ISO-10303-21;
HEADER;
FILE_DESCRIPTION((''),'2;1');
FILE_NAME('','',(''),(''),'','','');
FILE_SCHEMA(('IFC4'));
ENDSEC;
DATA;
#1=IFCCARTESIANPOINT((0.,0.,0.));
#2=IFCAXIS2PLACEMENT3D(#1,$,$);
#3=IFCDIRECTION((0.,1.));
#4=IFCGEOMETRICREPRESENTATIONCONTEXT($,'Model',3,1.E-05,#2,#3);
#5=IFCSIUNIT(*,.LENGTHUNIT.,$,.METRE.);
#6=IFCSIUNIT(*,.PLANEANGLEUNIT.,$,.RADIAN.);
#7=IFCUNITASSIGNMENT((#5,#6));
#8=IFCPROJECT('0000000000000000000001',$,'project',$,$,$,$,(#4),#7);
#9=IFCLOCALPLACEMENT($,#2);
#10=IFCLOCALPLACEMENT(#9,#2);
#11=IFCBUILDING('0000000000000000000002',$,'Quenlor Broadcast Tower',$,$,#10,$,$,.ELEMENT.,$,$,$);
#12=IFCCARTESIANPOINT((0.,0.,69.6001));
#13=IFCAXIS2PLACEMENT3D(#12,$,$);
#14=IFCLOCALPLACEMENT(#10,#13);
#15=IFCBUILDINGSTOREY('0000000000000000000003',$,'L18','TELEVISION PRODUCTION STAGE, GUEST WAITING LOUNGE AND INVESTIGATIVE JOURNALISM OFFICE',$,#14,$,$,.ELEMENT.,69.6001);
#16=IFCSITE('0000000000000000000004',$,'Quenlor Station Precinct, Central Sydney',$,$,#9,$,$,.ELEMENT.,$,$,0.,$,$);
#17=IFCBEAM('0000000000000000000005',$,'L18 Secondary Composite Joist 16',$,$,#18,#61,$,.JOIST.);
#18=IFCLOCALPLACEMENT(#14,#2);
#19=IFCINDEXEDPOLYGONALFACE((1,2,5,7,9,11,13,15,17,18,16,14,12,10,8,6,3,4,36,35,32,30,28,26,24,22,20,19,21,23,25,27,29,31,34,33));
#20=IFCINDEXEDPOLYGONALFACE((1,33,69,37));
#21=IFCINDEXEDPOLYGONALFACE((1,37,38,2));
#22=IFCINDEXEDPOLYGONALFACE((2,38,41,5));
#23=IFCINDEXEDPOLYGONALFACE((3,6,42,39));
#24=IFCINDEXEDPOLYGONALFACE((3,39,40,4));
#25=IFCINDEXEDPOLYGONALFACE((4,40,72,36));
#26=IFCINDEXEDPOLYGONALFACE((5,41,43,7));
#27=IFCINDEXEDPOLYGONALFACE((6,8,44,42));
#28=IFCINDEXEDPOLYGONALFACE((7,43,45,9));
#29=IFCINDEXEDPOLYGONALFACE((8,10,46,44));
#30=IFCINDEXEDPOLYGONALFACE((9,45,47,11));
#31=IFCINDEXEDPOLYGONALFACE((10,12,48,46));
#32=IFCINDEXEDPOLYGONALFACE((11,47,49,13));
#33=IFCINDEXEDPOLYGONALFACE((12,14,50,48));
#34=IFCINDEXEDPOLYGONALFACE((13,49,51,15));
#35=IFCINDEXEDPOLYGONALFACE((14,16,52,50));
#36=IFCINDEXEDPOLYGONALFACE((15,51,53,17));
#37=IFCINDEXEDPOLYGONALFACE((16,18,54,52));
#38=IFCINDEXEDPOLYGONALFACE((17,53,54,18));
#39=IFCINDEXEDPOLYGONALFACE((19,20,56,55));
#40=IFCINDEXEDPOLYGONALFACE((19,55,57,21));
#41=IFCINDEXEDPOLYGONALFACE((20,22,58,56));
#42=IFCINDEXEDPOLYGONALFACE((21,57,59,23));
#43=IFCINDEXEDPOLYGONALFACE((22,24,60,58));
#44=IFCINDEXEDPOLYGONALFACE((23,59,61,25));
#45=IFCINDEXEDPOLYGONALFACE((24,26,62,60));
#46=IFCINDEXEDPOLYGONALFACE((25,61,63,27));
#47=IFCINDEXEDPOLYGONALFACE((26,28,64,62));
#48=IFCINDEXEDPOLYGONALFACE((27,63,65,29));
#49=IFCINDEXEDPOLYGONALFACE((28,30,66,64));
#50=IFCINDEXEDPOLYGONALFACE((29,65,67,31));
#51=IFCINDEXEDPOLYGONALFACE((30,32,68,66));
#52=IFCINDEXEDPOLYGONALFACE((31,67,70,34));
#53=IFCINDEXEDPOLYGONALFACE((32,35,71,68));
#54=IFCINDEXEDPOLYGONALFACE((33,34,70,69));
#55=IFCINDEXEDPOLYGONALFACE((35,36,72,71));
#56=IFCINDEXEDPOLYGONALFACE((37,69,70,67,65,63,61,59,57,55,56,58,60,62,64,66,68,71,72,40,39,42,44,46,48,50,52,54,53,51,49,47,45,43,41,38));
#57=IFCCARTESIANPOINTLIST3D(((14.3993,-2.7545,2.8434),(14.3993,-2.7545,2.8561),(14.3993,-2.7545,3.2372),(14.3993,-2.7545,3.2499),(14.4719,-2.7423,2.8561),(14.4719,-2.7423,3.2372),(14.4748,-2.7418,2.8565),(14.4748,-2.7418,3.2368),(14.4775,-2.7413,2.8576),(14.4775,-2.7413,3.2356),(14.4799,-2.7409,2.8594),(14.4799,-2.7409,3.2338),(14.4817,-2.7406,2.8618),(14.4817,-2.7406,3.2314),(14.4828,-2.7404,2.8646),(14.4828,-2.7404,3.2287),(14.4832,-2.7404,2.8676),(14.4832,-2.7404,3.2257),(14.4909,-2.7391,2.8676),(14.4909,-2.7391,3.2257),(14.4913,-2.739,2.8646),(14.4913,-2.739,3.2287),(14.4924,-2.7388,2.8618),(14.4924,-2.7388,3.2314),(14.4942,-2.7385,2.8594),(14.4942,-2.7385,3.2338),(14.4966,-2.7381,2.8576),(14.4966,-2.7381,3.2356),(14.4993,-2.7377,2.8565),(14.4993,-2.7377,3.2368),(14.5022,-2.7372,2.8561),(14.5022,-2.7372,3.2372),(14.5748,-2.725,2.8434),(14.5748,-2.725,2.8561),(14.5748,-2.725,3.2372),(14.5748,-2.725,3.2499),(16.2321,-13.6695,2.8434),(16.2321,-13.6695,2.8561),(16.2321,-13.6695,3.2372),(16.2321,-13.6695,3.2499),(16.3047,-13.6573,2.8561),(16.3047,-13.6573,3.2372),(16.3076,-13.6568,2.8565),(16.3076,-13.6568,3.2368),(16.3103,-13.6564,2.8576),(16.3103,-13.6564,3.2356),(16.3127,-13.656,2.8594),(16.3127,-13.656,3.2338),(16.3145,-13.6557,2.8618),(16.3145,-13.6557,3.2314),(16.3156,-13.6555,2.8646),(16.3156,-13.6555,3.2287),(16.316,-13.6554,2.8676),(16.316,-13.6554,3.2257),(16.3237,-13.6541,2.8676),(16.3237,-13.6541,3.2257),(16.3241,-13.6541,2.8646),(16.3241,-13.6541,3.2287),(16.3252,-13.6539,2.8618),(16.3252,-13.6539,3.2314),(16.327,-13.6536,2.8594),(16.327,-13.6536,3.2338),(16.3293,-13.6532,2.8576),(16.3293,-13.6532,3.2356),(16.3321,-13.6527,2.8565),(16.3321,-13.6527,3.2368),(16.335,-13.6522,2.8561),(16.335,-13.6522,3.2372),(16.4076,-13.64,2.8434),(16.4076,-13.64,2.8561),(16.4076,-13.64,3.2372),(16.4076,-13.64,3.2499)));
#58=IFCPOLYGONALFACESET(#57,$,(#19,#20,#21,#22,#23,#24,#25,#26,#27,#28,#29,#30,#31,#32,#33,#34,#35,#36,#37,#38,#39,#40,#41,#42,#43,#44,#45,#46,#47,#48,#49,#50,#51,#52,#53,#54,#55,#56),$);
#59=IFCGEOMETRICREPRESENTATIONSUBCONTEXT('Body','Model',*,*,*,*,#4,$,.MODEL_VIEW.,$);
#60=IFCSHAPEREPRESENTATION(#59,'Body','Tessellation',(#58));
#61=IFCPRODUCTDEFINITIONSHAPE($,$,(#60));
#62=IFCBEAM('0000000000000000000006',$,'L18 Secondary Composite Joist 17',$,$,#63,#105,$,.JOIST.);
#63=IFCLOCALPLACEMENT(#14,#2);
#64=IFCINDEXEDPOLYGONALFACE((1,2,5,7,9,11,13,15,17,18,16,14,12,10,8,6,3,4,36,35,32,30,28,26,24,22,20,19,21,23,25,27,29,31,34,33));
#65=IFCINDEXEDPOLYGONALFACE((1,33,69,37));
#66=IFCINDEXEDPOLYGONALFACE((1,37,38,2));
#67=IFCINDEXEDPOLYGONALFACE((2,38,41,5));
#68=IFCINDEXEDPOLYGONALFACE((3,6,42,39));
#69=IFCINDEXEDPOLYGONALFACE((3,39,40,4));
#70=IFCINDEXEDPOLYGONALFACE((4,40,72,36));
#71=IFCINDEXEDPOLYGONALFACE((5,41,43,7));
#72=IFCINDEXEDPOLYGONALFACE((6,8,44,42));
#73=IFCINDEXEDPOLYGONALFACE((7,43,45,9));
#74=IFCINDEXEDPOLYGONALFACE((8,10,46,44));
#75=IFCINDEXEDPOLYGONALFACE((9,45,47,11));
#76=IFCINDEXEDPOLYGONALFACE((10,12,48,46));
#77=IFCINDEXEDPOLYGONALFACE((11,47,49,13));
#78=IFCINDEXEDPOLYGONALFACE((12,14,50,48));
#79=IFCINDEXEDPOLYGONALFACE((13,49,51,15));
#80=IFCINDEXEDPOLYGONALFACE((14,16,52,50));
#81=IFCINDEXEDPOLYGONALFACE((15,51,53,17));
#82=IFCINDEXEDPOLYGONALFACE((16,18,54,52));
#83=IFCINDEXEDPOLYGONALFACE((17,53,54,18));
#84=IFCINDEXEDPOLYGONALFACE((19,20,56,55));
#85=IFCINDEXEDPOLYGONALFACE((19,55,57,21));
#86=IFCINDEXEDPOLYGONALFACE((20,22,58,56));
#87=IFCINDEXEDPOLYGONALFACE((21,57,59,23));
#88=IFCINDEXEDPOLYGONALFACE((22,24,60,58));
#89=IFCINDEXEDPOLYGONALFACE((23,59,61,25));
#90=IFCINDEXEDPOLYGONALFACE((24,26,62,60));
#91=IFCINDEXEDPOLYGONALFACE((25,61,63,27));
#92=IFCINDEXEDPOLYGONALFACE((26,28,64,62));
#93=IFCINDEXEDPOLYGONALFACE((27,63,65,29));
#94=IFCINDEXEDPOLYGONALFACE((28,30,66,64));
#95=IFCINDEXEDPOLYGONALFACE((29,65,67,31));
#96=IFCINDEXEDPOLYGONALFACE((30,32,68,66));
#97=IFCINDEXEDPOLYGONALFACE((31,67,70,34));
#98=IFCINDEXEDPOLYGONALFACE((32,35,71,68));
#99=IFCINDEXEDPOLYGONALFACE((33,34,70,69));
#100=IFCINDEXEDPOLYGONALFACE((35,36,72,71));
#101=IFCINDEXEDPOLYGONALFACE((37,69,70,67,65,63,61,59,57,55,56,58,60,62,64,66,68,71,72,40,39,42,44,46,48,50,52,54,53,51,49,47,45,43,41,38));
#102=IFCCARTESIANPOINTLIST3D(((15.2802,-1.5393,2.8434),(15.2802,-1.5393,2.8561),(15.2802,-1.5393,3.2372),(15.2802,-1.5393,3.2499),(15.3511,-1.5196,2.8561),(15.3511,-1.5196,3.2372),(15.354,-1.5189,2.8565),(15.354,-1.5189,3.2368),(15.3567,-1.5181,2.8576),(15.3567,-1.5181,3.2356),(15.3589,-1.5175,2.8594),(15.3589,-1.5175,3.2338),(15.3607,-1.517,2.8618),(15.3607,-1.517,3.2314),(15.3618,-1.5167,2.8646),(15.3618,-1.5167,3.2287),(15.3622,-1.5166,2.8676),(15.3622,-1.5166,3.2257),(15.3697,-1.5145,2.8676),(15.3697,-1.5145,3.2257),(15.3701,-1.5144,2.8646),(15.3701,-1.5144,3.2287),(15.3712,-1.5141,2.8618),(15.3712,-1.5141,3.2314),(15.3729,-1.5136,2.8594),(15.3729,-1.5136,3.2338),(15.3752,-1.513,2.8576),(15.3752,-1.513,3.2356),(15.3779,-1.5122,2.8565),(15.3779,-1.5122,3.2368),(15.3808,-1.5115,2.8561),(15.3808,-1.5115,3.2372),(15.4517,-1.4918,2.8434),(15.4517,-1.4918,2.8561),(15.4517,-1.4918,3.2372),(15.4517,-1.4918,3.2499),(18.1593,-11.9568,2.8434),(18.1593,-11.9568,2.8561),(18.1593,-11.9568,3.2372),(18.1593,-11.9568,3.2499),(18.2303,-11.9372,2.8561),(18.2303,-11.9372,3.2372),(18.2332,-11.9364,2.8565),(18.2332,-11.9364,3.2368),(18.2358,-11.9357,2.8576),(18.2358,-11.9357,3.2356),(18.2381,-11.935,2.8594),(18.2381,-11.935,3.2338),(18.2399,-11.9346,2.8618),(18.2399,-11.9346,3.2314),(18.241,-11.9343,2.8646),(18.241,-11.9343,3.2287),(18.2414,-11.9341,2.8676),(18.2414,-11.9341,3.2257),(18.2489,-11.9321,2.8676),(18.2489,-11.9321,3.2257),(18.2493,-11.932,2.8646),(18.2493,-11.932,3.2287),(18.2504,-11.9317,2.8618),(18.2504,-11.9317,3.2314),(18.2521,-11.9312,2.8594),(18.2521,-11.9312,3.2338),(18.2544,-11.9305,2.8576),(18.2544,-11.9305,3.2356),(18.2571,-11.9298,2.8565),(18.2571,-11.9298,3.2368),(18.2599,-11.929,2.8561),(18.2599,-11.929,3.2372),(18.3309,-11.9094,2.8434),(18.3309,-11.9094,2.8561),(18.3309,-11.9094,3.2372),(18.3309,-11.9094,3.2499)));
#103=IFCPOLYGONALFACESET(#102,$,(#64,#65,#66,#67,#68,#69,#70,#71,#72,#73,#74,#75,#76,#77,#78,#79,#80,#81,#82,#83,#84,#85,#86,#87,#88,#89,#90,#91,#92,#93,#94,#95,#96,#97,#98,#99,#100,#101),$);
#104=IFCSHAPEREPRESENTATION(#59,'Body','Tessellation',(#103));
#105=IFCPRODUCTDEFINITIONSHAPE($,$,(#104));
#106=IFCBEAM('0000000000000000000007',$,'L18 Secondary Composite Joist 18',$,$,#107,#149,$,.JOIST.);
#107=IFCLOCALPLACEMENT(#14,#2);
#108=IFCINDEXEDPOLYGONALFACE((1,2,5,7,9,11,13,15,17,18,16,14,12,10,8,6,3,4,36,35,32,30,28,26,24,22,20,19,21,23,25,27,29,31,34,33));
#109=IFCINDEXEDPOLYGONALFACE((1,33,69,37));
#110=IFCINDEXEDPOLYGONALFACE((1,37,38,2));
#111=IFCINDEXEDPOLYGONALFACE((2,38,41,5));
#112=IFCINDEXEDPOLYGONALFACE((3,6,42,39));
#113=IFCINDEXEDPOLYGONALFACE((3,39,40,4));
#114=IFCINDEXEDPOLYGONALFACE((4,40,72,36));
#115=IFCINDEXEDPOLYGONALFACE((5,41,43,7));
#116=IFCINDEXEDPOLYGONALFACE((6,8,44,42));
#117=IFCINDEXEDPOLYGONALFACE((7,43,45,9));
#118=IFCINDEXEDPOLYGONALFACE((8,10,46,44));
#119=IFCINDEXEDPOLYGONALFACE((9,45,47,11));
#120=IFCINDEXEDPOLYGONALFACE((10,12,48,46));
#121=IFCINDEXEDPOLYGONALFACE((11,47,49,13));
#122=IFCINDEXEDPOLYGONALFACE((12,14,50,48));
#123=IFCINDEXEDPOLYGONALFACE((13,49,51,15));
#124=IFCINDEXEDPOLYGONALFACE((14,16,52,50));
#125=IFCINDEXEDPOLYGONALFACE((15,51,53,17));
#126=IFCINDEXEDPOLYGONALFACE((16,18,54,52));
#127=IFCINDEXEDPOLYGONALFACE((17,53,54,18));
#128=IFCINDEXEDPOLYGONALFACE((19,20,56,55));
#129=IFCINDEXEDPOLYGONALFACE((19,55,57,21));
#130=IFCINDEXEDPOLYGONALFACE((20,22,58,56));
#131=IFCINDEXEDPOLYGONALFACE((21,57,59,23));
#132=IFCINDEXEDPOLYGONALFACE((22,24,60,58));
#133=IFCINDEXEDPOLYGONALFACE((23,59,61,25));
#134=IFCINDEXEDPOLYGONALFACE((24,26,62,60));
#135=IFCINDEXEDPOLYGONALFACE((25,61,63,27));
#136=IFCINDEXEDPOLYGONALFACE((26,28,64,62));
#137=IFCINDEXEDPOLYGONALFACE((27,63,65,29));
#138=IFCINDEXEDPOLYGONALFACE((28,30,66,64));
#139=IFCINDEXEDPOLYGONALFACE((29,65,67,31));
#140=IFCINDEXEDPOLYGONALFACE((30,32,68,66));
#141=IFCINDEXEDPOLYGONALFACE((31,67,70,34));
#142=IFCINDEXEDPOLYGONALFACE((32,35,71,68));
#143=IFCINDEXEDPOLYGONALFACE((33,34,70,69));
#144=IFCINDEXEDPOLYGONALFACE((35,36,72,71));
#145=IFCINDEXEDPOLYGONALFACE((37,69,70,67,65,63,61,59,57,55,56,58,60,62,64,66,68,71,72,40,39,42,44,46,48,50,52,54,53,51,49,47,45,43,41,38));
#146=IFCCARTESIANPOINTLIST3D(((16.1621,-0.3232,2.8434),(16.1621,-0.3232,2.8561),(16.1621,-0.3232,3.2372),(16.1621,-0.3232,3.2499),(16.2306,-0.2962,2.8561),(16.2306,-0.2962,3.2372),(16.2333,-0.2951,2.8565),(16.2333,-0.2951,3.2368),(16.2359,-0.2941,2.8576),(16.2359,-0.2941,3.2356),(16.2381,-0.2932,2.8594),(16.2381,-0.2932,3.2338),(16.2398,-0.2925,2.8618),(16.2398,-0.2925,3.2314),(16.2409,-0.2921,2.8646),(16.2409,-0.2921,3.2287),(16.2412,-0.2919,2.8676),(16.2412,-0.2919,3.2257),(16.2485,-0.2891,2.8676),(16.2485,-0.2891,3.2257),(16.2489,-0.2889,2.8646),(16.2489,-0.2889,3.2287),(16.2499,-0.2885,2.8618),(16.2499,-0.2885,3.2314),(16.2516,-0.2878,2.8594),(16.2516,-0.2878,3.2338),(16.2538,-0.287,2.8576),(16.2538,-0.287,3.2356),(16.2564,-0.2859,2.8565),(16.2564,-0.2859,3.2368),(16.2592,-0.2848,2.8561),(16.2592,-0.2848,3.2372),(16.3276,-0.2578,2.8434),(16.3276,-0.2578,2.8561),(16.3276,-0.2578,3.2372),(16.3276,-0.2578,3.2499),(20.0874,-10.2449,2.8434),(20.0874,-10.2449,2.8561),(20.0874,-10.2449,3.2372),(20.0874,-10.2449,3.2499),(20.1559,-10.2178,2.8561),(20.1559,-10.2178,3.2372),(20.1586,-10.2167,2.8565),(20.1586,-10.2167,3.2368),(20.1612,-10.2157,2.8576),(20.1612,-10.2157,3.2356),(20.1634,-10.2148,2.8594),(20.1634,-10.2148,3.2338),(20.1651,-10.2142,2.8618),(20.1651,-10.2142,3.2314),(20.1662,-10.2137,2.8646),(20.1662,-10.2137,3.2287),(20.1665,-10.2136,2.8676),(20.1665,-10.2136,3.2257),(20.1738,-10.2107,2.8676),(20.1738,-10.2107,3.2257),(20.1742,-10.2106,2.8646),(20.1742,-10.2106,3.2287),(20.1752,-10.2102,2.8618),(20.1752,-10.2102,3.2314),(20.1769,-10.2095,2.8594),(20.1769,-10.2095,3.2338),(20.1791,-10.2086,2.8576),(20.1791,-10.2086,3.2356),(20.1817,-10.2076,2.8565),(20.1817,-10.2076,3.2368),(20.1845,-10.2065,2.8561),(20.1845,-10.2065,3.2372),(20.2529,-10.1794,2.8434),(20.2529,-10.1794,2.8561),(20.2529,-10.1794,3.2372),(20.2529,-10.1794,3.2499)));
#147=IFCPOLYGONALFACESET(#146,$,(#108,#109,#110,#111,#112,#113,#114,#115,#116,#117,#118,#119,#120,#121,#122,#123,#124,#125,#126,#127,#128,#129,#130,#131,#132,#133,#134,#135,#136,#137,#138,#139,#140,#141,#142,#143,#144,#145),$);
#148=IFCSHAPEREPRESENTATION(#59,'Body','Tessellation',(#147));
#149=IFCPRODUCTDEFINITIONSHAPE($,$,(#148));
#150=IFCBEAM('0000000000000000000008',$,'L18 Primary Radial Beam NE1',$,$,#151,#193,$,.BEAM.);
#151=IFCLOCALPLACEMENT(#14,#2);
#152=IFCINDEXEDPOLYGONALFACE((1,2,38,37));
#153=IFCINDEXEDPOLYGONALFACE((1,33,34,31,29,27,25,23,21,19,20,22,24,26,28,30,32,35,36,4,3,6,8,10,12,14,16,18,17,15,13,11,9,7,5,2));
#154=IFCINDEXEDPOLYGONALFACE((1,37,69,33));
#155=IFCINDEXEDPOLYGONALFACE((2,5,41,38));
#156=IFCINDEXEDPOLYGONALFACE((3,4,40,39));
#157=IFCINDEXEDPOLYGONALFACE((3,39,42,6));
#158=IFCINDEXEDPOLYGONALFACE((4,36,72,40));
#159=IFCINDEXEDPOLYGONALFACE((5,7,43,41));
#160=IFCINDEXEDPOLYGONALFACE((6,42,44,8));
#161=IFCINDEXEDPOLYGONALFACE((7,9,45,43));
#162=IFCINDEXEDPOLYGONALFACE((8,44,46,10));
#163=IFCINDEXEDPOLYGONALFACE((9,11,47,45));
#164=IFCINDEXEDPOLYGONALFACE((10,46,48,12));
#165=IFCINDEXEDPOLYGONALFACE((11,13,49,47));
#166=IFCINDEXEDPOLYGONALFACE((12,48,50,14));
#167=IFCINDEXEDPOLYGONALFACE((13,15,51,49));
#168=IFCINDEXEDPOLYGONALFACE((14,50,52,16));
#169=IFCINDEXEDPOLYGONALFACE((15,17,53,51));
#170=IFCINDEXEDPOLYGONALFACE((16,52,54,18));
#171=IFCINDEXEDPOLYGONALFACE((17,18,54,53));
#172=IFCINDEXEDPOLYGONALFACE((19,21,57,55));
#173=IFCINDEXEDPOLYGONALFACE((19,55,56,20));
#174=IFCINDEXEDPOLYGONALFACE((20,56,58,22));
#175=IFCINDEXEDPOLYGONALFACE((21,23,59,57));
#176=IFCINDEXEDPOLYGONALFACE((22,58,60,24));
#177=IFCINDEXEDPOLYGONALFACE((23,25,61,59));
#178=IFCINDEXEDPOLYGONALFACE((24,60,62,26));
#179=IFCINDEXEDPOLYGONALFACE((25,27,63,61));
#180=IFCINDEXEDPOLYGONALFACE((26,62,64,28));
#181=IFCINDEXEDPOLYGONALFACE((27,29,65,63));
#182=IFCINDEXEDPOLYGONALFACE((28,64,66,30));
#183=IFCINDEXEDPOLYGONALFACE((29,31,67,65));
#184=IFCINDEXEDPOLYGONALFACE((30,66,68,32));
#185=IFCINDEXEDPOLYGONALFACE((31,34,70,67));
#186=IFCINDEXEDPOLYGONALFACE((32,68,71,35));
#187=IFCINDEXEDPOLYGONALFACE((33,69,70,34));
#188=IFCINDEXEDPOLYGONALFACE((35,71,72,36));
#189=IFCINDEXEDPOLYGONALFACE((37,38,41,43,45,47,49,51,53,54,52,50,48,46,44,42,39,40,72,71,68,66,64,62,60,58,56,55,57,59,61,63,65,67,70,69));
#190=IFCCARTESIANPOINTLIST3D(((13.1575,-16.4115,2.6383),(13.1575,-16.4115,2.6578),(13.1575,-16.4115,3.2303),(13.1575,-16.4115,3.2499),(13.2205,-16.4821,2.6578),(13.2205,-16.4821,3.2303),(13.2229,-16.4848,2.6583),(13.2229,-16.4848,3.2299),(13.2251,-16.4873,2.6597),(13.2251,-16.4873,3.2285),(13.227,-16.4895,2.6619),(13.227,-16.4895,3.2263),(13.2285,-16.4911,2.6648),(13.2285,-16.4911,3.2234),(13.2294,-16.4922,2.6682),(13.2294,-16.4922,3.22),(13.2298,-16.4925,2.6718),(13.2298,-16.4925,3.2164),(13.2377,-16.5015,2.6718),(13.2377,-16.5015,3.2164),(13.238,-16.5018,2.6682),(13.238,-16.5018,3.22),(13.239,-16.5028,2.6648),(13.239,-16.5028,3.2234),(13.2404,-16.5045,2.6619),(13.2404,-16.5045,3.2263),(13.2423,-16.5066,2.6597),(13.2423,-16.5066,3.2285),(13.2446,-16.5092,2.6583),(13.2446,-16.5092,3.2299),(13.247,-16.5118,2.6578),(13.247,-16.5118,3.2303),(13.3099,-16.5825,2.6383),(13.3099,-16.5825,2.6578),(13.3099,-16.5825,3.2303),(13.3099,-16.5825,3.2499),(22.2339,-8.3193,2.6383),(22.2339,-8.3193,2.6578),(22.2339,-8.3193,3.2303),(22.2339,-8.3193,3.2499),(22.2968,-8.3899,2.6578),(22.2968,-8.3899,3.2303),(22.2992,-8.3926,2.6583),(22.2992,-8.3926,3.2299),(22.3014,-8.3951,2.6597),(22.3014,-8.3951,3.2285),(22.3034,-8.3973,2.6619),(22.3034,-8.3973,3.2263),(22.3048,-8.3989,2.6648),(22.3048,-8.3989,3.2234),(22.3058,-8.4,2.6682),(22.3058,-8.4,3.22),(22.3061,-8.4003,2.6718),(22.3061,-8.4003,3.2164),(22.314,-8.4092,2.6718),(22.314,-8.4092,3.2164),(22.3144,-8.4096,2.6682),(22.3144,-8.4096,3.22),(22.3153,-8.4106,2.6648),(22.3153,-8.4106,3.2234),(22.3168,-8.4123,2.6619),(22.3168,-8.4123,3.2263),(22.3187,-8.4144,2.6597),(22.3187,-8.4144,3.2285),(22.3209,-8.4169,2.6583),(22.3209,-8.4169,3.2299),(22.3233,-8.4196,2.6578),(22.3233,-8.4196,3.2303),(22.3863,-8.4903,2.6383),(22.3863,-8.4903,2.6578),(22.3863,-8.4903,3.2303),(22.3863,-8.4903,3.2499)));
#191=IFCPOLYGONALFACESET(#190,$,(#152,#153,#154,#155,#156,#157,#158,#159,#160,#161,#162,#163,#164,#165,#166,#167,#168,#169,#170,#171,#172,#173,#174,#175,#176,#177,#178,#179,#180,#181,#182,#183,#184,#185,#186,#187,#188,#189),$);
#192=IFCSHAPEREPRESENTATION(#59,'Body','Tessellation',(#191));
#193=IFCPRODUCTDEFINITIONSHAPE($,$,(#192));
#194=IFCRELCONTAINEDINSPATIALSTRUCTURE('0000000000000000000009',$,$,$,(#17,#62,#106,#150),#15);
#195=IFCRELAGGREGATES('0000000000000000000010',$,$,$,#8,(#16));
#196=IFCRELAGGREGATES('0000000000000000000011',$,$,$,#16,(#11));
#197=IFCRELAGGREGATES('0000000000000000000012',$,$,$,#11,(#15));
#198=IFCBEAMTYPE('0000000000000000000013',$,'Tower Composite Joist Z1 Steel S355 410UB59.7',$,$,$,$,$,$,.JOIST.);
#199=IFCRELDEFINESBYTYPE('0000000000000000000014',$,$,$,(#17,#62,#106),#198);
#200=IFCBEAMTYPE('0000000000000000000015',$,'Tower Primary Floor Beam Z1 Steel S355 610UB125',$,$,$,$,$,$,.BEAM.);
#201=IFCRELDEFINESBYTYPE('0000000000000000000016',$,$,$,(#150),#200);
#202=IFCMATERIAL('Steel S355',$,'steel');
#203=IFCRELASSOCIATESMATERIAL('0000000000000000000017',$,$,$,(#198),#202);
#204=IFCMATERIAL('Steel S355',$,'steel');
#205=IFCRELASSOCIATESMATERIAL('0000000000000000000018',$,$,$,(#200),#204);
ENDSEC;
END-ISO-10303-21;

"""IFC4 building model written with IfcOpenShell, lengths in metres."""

from ifc_helpers import new_model, si_unit, direction, frame, origin, origin_2d, place, context, subcontext, project, spatial, i_section, extrude, material, material_profile, profile_set, type_object, element, save


model = new_model("IFC4")

# Units and contexts
model_context = context("Model", 3, precision=1e-05, world=origin(), true_north=direction((0.0, 1.0)))
body_context = subcontext(model_context, "Body", "Model", "MODEL_VIEW")
ifc_project = project(units=[si_unit("LENGTHUNIT", "METRE"), si_unit("PLANEANGLEUNIT", "RADIAN")], contexts=[model_context])

# Site, building, storey
site_placement = place(None, origin())
site = spatial("IfcSite", under=ifc_project, at=site_placement, Name="Quenlor Station Precinct, Central Sydney", CompositionType="ELEMENT", RefElevation=0.0)
building_placement = place(site_placement, origin())
building = spatial("IfcBuilding", under=site, at=building_placement, Name="Quenlor Broadcast Tower", CompositionType="ELEMENT")
storey_placement = place(building_placement, frame((0.0, 0.0, 69.6001)))
storey = spatial("IfcBuildingStorey", under=building, at=storey_placement, Name="L18", Description="TELEVISION PRODUCTION STAGE, GUEST WAITING LOUNGE AND INVESTIGATIVE JOURNALISM OFFICE", CompositionType="ELEMENT", Elevation=69.6001)

# Beams
ifc_material_1 = material(Name="Steel S355", Category="steel")
ifc_material_profile_1 = material_profile(ifc_material_1, i_section(OverallWidth=0.178, OverallDepth=0.4065, WebThickness=0.0078, FlangeThickness=0.0127, FilletRadius=0.0115, at=origin_2d()))
ifc_profile_set_1 = profile_set([ifc_material_profile_1], Name="Steel S355 410UB59.7")
beam_type_1 = type_object("IfcBeamType", Name="Tower Composite Joist Z1 Steel S355 410UB59.7", PredefinedType="JOIST", material=ifc_profile_set_1)
beam_1_placement = place(storey_placement, frame((16.3198, -13.6548, 3.0466), z_axis=(-0.165594, 0.986194, 0.0), x_axis=(-0.986194, -0.165594, 0.0)))
element("IfcBeam", 1, at=beam_1_placement, inside=storey, type_object=beam_type_1, Name="L18 Secondary Composite Joist 16", PredefinedType="JOIST", context=body_context, shape_type="SweptSolid", body=[
    extrude(i_section(OverallWidth=0.178, OverallDepth=0.4065, WebThickness=0.0078, FlangeThickness=0.0127, FilletRadius=0.0115, at=origin_2d()), origin(), (0.0, 0.0, 1.0), 11.0679),
])
beam_2_placement = place(storey_placement, frame((18.2451, -11.9331, 3.0466), z_axis=(-0.26639, 0.963865, 0.0), x_axis=(-0.963865, -0.26639, 0.0)))
element("IfcBeam", 2, at=beam_2_placement, inside=storey, type_object=beam_type_1, Name="L18 Secondary Composite Joist 17", PredefinedType="JOIST", context=body_context, shape_type="SweptSolid", body=[
    extrude(i_section(OverallWidth=0.178, OverallDepth=0.4065, WebThickness=0.0078, FlangeThickness=0.0127, FilletRadius=0.0115, at=origin_2d()), origin(), (0.0, 0.0, 1.0), 10.8081),
])
beam_3_placement = place(storey_placement, frame((20.1702, -10.2122, 3.0466), z_axis=(-0.367885, 0.929871, 0.0), x_axis=(-0.929871, -0.367885, 0.0)))
element("IfcBeam", 3, at=beam_3_placement, inside=storey, type_object=beam_type_1, Name="L18 Secondary Composite Joist 18", PredefinedType="JOIST", context=body_context, shape_type="SweptSolid", body=[
    extrude(i_section(OverallWidth=0.178, OverallDepth=0.4065, WebThickness=0.0078, FlangeThickness=0.0127, FilletRadius=0.0115, at=origin_2d()), origin(), (0.0, 0.0, 1.0), 10.6699),
])
ifc_material_2 = material(Name="Steel S355", Category="steel")
ifc_material_profile_2 = material_profile(ifc_material_2, i_section(OverallWidth=0.229, OverallDepth=0.6116, WebThickness=0.012, FlangeThickness=0.0195, FilletRadius=0.0139, at=origin_2d()))
ifc_profile_set_2 = profile_set([ifc_material_profile_2], Name="Steel S355 610UB125")
beam_type_2 = type_object("IfcBeamType", Name="Tower Primary Floor Beam Z1 Steel S355 610UB125", PredefinedType="BEAM", material=ifc_profile_set_2)
beam_4_placement = place(storey_placement, frame((22.3101, -8.4048, 2.9441), z_axis=(-0.746414, -0.665482, 0.0), x_axis=(0.665482, -0.746414, 0.0)))
element("IfcBeam", 4, at=beam_4_placement, inside=storey, type_object=beam_type_2, Name="L18 Primary Radial Beam NE1", PredefinedType="BEAM", context=body_context, shape_type="SweptSolid", body=[
    extrude(i_section(OverallWidth=0.229, OverallDepth=0.6116, WebThickness=0.012, FlangeThickness=0.0195, FilletRadius=0.0139, at=origin_2d()), origin(), (0.0, 0.0, 1.0), 12.1599),
])

save(model, "model.ifc")
